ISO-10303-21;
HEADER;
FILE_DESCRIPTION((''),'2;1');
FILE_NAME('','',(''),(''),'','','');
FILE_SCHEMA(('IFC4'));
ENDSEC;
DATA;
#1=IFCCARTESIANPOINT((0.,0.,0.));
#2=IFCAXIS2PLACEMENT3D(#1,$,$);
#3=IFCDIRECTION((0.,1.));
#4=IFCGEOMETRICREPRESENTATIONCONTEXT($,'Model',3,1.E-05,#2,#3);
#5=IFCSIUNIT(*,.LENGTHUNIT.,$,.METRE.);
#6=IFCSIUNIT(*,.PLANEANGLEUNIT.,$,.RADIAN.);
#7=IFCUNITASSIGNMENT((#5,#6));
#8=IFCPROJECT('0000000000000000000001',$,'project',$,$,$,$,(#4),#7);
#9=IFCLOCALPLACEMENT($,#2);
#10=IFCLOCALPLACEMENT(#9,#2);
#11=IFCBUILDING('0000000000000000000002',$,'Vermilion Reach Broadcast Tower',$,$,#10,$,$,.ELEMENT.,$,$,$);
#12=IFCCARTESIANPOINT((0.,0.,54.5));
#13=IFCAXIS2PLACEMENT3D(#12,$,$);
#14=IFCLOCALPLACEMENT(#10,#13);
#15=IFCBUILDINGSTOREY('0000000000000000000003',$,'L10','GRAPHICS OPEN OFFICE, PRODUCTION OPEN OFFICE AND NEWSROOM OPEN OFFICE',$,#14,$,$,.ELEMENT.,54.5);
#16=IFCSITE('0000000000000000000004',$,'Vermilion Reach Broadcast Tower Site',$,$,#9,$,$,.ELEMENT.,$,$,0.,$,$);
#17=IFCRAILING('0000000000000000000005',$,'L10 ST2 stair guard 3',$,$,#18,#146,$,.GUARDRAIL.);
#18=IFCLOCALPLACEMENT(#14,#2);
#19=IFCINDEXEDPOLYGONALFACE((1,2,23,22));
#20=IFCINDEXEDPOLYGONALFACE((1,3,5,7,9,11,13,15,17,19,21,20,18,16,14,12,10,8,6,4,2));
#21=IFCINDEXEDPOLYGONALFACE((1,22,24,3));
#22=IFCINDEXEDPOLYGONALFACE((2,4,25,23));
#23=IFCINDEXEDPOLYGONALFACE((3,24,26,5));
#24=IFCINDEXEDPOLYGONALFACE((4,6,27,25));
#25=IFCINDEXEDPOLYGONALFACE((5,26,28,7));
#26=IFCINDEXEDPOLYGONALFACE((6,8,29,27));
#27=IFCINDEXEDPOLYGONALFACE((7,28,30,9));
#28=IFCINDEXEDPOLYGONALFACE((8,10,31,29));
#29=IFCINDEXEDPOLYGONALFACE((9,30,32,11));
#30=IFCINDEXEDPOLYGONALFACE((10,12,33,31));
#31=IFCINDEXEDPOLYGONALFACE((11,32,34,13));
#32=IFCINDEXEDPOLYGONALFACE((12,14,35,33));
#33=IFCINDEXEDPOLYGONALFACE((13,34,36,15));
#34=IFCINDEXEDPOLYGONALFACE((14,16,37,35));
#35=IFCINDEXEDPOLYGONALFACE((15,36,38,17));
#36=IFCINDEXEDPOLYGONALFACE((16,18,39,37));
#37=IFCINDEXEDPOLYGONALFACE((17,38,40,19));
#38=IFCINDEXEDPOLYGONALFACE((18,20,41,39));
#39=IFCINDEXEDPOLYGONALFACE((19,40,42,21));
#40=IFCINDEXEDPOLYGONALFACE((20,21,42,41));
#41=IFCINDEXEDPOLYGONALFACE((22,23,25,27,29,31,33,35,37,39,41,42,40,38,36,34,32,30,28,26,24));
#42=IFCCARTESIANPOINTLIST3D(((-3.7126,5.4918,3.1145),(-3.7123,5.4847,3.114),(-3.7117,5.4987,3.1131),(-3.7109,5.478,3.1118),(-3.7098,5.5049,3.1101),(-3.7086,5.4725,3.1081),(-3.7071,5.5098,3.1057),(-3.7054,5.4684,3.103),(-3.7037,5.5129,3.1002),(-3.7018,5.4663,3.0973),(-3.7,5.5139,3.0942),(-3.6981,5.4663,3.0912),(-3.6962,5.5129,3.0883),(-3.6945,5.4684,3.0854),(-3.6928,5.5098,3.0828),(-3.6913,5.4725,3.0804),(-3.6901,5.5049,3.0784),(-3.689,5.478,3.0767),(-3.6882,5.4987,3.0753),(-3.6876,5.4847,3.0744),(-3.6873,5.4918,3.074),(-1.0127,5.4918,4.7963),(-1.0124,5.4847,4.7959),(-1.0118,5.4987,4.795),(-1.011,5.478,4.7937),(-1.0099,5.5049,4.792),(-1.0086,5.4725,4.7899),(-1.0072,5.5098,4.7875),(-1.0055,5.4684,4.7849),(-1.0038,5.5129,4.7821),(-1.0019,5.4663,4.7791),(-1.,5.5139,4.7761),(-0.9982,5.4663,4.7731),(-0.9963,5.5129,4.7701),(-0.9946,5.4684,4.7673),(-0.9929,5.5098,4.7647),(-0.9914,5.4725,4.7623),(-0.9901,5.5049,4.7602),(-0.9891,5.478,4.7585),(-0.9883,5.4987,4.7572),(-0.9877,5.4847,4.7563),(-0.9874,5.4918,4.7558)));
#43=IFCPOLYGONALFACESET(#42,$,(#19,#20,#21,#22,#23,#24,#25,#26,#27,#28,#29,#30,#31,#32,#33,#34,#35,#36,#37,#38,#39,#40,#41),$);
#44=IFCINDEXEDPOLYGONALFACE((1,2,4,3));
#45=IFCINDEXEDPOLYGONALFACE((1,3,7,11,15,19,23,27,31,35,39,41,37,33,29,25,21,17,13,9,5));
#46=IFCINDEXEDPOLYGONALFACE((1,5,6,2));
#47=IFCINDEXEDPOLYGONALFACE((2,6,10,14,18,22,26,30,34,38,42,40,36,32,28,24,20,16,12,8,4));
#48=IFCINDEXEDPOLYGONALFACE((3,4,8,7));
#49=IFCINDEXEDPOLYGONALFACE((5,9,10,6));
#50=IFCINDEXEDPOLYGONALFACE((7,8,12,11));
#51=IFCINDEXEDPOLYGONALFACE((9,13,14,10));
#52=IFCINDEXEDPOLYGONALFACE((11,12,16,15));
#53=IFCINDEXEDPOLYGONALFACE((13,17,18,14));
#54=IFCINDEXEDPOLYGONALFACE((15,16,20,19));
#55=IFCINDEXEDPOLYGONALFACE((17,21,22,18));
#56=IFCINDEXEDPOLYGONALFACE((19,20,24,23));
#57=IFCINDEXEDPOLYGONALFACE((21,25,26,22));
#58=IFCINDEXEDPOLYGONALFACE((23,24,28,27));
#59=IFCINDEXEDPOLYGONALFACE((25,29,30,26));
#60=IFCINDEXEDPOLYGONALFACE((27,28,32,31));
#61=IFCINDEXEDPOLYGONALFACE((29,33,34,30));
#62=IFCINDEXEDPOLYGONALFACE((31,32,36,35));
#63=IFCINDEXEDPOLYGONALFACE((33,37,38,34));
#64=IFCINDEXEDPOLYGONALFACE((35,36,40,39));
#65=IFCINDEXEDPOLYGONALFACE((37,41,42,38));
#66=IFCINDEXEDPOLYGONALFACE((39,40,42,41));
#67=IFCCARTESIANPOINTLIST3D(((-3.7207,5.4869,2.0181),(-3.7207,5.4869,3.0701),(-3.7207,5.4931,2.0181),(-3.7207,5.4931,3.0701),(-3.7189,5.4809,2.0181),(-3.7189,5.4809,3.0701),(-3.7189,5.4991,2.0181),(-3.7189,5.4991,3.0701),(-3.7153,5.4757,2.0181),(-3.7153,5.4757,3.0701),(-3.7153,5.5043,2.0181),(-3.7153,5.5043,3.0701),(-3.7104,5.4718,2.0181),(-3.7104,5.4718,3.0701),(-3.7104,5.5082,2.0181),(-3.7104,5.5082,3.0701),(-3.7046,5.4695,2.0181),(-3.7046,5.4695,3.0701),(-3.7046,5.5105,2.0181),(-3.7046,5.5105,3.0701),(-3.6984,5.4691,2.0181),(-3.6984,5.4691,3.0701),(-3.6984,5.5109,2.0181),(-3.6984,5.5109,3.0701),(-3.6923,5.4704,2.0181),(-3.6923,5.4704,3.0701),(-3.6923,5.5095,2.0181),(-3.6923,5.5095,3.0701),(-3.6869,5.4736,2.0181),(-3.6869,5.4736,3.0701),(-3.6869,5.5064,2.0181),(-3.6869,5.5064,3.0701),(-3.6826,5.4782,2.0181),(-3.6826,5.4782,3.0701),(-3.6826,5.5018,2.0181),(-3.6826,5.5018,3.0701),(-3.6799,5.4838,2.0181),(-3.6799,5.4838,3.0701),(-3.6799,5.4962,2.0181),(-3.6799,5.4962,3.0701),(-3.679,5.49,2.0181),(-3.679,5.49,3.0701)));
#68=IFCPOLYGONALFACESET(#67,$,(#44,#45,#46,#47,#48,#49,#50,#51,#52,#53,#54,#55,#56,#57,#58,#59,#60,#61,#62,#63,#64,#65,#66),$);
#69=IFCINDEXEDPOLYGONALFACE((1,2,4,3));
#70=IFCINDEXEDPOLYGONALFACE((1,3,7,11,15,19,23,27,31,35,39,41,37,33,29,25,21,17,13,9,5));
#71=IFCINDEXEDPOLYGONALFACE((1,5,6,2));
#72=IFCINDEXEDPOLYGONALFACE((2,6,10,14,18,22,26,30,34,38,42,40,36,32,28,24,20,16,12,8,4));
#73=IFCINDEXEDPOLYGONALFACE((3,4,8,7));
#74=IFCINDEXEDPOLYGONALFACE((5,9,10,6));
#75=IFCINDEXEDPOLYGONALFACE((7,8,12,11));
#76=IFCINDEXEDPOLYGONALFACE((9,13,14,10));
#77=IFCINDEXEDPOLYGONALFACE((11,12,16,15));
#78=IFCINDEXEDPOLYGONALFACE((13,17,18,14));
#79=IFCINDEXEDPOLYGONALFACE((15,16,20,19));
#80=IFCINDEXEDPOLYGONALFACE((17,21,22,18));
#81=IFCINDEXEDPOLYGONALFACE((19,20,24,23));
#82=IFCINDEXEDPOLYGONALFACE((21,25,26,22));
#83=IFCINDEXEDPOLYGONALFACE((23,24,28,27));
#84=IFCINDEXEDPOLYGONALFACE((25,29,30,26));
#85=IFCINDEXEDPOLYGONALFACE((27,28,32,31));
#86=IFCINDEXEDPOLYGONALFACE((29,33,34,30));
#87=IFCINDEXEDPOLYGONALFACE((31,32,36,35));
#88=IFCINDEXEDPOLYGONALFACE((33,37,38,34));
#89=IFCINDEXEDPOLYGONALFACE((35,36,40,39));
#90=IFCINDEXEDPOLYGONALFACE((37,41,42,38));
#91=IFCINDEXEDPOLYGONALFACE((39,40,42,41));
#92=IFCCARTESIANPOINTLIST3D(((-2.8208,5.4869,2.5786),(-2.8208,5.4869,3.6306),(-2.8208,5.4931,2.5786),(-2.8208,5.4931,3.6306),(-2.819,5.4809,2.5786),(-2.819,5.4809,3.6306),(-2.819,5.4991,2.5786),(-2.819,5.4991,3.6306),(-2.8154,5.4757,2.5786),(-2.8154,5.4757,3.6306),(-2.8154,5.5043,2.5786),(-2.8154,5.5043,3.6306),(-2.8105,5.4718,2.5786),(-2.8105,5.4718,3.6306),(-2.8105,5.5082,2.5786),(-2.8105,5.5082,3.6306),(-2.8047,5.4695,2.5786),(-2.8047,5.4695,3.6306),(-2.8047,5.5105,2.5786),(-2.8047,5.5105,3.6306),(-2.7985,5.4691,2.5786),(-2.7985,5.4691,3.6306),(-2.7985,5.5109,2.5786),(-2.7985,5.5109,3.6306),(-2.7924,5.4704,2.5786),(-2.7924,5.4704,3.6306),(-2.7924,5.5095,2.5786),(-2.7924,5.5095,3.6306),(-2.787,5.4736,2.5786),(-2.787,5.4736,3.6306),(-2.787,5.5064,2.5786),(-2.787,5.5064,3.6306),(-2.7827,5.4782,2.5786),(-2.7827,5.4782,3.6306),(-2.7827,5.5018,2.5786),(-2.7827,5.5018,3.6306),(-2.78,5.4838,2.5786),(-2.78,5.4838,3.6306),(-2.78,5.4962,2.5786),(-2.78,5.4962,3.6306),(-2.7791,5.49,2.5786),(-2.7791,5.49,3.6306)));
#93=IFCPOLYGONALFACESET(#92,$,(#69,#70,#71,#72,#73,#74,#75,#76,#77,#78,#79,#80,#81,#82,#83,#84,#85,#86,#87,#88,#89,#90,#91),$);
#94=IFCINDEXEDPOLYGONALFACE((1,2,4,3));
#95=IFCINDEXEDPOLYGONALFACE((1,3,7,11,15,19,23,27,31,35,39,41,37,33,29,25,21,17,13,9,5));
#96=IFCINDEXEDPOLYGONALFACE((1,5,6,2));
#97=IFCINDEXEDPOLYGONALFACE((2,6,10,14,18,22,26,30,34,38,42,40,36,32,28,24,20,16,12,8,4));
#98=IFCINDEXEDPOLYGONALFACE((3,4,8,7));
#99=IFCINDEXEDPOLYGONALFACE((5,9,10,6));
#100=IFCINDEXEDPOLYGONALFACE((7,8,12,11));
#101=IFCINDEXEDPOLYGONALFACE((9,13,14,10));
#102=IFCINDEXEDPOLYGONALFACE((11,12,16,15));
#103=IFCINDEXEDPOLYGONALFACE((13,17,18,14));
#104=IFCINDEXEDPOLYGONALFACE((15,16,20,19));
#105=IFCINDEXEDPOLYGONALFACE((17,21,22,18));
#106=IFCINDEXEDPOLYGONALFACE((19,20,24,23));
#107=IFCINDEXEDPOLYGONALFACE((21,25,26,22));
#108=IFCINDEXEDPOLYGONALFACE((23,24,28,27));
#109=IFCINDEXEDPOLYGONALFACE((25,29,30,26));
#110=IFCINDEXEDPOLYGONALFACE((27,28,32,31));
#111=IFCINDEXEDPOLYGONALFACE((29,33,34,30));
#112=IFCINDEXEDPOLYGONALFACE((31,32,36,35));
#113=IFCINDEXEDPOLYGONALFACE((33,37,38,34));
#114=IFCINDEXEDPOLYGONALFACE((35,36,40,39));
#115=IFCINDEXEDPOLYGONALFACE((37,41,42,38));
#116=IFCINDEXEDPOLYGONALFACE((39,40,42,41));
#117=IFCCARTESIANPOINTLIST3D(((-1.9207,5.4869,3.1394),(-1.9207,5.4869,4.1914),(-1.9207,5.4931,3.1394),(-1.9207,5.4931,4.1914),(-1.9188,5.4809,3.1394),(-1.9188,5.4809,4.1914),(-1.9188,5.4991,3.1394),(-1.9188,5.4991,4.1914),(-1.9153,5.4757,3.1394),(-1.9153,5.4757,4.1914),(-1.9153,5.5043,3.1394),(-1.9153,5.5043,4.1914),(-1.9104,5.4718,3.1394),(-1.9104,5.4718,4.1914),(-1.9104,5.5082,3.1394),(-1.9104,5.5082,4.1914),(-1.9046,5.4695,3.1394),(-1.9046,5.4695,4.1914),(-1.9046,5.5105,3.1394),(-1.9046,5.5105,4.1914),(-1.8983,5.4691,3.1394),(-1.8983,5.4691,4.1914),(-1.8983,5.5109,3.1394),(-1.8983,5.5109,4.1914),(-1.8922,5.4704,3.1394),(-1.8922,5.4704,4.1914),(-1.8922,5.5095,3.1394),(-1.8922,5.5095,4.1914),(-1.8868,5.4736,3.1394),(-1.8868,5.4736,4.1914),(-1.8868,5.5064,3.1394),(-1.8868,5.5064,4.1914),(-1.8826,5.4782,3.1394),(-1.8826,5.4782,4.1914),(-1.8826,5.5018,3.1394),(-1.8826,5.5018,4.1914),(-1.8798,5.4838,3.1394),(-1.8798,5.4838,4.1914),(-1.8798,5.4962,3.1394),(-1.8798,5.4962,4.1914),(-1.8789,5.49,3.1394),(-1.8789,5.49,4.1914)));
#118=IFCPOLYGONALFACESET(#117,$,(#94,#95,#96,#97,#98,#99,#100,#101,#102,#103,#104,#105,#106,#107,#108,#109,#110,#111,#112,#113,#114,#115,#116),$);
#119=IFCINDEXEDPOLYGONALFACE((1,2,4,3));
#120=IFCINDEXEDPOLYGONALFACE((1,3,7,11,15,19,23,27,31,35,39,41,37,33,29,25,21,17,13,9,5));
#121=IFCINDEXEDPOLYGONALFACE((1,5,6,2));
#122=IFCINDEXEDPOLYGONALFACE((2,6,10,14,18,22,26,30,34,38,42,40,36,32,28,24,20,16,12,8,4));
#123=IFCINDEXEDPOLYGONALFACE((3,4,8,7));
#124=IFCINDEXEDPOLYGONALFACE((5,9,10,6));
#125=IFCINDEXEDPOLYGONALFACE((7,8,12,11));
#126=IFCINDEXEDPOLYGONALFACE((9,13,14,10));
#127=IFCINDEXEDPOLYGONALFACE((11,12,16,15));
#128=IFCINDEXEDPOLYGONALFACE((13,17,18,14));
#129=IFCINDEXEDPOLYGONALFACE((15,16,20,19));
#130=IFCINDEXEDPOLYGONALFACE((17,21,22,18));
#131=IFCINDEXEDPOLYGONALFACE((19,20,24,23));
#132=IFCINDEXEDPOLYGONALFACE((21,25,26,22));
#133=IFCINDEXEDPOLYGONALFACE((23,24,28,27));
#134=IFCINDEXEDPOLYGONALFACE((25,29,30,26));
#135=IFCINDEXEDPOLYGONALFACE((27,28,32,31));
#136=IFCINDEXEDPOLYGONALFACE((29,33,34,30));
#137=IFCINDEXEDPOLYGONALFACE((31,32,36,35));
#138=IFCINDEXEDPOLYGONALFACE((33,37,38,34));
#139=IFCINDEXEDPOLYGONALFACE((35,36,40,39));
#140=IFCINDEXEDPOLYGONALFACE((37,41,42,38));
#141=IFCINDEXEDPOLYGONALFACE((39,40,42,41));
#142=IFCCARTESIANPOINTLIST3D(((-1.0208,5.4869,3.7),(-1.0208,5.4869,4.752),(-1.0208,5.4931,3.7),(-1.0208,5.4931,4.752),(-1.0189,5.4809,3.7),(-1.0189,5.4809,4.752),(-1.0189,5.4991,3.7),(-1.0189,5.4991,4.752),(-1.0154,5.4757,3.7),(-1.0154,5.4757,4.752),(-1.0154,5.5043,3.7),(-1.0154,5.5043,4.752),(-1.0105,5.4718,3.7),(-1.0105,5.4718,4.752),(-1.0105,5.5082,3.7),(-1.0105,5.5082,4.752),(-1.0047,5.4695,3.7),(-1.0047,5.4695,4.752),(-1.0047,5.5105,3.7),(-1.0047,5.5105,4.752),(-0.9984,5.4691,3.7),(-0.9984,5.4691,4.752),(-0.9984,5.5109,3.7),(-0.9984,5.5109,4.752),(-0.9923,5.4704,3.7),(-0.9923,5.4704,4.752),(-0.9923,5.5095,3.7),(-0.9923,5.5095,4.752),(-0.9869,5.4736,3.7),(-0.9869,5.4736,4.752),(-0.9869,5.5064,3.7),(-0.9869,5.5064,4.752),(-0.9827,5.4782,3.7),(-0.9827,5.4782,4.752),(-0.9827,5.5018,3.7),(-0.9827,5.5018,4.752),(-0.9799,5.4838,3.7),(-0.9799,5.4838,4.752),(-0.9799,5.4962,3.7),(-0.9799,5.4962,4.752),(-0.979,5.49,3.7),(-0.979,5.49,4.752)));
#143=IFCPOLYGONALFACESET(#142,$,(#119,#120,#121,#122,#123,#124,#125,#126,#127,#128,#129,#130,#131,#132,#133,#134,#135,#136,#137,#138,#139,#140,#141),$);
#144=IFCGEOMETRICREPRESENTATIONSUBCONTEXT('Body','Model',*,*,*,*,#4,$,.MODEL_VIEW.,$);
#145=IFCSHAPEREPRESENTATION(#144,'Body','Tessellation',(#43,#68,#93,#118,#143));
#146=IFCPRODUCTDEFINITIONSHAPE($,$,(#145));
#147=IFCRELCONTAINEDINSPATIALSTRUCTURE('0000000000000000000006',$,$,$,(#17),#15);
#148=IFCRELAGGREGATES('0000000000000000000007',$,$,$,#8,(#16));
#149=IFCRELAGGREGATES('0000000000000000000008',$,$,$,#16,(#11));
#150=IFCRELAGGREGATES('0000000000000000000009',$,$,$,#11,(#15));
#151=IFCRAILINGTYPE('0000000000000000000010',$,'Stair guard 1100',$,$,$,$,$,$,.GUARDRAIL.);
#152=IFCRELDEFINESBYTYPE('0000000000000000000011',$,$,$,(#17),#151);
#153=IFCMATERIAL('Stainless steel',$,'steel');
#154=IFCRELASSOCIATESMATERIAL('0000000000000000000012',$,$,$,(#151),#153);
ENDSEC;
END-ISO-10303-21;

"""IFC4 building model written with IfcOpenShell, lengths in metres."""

from ifc_helpers import new_model, si_unit, direction, frame, origin, origin_2d, place, context, subcontext, project, spatial, circle, extrude, material, type_object, element, save


model = new_model("IFC4")

# Units and contexts
model_context = context("Model", 3, precision=1e-05, world=origin(), true_north=direction((0.0, 1.0)))
body_context = subcontext(model_context, "Body", "Model", "MODEL_VIEW")
ifc_project = project(units=[si_unit("LENGTHUNIT", "METRE"), si_unit("PLANEANGLEUNIT", "RADIAN")], contexts=[model_context])

# Site, building, storey
site_placement = place(None, origin())
site = spatial("IfcSite", under=ifc_project, at=site_placement, Name="Vermilion Reach Broadcast Tower Site", CompositionType="ELEMENT", RefElevation=0.0)
building_placement = place(site_placement, origin())
building = spatial("IfcBuilding", under=site, at=building_placement, Name="Vermilion Reach Broadcast Tower", CompositionType="ELEMENT")
storey_placement = place(building_placement, frame((0.0, 0.0, 54.5)))
storey = spatial("IfcBuildingStorey", under=building, at=storey_placement, Name="L10", Description="GRAPHICS OPEN OFFICE, PRODUCTION OPEN OFFICE AND NEWSROOM OPEN OFFICE", CompositionType="ELEMENT", Elevation=54.5)

# Railing
ifc_material_1 = material(Name="Stainless steel", Category="steel")
railing_type_1 = type_object("IfcRailingType", Name="Stair guard 1100", PredefinedType="GUARDRAIL", material=ifc_material_1)
railing_1_placement = place(storey_placement, frame((-3.7, 5.49, 2.0181)))
element("IfcRailing", 1, at=railing_1_placement, inside=storey, type_object=railing_type_1, Name="L10 ST2 stair guard 3", PredefinedType="GUARDRAIL", context=body_context, shape_type="SweptSolid", body=[
    extrude(circle(Radius=0.0239, at=origin_2d()), frame((0.0, 0.0, 1.0762), z_axis=(0.848786, 0.0, 0.528736), x_axis=(0.0, 1.0, 0.0)), (0.0, 0.0, 1.0), 3.1809),
    extrude(circle(Radius=0.021, at=origin_2d()), origin(), (0.0, 0.0, 1.0), 1.052),
    extrude(circle(Radius=0.021, at=origin_2d()), frame((0.8999, 0.0, 0.5605)), (0.0, 0.0, 1.0), 1.052),
    extrude(circle(Radius=0.021, at=origin_2d()), frame((1.8, 0.0, 1.1213)), (0.0, 0.0, 1.0), 1.052),
    extrude(circle(Radius=0.021, at=origin_2d()), frame((2.7, 0.0, 1.6819)), (0.0, 0.0, 1.0), 1.052),
])

save(model, "model.ifc")
